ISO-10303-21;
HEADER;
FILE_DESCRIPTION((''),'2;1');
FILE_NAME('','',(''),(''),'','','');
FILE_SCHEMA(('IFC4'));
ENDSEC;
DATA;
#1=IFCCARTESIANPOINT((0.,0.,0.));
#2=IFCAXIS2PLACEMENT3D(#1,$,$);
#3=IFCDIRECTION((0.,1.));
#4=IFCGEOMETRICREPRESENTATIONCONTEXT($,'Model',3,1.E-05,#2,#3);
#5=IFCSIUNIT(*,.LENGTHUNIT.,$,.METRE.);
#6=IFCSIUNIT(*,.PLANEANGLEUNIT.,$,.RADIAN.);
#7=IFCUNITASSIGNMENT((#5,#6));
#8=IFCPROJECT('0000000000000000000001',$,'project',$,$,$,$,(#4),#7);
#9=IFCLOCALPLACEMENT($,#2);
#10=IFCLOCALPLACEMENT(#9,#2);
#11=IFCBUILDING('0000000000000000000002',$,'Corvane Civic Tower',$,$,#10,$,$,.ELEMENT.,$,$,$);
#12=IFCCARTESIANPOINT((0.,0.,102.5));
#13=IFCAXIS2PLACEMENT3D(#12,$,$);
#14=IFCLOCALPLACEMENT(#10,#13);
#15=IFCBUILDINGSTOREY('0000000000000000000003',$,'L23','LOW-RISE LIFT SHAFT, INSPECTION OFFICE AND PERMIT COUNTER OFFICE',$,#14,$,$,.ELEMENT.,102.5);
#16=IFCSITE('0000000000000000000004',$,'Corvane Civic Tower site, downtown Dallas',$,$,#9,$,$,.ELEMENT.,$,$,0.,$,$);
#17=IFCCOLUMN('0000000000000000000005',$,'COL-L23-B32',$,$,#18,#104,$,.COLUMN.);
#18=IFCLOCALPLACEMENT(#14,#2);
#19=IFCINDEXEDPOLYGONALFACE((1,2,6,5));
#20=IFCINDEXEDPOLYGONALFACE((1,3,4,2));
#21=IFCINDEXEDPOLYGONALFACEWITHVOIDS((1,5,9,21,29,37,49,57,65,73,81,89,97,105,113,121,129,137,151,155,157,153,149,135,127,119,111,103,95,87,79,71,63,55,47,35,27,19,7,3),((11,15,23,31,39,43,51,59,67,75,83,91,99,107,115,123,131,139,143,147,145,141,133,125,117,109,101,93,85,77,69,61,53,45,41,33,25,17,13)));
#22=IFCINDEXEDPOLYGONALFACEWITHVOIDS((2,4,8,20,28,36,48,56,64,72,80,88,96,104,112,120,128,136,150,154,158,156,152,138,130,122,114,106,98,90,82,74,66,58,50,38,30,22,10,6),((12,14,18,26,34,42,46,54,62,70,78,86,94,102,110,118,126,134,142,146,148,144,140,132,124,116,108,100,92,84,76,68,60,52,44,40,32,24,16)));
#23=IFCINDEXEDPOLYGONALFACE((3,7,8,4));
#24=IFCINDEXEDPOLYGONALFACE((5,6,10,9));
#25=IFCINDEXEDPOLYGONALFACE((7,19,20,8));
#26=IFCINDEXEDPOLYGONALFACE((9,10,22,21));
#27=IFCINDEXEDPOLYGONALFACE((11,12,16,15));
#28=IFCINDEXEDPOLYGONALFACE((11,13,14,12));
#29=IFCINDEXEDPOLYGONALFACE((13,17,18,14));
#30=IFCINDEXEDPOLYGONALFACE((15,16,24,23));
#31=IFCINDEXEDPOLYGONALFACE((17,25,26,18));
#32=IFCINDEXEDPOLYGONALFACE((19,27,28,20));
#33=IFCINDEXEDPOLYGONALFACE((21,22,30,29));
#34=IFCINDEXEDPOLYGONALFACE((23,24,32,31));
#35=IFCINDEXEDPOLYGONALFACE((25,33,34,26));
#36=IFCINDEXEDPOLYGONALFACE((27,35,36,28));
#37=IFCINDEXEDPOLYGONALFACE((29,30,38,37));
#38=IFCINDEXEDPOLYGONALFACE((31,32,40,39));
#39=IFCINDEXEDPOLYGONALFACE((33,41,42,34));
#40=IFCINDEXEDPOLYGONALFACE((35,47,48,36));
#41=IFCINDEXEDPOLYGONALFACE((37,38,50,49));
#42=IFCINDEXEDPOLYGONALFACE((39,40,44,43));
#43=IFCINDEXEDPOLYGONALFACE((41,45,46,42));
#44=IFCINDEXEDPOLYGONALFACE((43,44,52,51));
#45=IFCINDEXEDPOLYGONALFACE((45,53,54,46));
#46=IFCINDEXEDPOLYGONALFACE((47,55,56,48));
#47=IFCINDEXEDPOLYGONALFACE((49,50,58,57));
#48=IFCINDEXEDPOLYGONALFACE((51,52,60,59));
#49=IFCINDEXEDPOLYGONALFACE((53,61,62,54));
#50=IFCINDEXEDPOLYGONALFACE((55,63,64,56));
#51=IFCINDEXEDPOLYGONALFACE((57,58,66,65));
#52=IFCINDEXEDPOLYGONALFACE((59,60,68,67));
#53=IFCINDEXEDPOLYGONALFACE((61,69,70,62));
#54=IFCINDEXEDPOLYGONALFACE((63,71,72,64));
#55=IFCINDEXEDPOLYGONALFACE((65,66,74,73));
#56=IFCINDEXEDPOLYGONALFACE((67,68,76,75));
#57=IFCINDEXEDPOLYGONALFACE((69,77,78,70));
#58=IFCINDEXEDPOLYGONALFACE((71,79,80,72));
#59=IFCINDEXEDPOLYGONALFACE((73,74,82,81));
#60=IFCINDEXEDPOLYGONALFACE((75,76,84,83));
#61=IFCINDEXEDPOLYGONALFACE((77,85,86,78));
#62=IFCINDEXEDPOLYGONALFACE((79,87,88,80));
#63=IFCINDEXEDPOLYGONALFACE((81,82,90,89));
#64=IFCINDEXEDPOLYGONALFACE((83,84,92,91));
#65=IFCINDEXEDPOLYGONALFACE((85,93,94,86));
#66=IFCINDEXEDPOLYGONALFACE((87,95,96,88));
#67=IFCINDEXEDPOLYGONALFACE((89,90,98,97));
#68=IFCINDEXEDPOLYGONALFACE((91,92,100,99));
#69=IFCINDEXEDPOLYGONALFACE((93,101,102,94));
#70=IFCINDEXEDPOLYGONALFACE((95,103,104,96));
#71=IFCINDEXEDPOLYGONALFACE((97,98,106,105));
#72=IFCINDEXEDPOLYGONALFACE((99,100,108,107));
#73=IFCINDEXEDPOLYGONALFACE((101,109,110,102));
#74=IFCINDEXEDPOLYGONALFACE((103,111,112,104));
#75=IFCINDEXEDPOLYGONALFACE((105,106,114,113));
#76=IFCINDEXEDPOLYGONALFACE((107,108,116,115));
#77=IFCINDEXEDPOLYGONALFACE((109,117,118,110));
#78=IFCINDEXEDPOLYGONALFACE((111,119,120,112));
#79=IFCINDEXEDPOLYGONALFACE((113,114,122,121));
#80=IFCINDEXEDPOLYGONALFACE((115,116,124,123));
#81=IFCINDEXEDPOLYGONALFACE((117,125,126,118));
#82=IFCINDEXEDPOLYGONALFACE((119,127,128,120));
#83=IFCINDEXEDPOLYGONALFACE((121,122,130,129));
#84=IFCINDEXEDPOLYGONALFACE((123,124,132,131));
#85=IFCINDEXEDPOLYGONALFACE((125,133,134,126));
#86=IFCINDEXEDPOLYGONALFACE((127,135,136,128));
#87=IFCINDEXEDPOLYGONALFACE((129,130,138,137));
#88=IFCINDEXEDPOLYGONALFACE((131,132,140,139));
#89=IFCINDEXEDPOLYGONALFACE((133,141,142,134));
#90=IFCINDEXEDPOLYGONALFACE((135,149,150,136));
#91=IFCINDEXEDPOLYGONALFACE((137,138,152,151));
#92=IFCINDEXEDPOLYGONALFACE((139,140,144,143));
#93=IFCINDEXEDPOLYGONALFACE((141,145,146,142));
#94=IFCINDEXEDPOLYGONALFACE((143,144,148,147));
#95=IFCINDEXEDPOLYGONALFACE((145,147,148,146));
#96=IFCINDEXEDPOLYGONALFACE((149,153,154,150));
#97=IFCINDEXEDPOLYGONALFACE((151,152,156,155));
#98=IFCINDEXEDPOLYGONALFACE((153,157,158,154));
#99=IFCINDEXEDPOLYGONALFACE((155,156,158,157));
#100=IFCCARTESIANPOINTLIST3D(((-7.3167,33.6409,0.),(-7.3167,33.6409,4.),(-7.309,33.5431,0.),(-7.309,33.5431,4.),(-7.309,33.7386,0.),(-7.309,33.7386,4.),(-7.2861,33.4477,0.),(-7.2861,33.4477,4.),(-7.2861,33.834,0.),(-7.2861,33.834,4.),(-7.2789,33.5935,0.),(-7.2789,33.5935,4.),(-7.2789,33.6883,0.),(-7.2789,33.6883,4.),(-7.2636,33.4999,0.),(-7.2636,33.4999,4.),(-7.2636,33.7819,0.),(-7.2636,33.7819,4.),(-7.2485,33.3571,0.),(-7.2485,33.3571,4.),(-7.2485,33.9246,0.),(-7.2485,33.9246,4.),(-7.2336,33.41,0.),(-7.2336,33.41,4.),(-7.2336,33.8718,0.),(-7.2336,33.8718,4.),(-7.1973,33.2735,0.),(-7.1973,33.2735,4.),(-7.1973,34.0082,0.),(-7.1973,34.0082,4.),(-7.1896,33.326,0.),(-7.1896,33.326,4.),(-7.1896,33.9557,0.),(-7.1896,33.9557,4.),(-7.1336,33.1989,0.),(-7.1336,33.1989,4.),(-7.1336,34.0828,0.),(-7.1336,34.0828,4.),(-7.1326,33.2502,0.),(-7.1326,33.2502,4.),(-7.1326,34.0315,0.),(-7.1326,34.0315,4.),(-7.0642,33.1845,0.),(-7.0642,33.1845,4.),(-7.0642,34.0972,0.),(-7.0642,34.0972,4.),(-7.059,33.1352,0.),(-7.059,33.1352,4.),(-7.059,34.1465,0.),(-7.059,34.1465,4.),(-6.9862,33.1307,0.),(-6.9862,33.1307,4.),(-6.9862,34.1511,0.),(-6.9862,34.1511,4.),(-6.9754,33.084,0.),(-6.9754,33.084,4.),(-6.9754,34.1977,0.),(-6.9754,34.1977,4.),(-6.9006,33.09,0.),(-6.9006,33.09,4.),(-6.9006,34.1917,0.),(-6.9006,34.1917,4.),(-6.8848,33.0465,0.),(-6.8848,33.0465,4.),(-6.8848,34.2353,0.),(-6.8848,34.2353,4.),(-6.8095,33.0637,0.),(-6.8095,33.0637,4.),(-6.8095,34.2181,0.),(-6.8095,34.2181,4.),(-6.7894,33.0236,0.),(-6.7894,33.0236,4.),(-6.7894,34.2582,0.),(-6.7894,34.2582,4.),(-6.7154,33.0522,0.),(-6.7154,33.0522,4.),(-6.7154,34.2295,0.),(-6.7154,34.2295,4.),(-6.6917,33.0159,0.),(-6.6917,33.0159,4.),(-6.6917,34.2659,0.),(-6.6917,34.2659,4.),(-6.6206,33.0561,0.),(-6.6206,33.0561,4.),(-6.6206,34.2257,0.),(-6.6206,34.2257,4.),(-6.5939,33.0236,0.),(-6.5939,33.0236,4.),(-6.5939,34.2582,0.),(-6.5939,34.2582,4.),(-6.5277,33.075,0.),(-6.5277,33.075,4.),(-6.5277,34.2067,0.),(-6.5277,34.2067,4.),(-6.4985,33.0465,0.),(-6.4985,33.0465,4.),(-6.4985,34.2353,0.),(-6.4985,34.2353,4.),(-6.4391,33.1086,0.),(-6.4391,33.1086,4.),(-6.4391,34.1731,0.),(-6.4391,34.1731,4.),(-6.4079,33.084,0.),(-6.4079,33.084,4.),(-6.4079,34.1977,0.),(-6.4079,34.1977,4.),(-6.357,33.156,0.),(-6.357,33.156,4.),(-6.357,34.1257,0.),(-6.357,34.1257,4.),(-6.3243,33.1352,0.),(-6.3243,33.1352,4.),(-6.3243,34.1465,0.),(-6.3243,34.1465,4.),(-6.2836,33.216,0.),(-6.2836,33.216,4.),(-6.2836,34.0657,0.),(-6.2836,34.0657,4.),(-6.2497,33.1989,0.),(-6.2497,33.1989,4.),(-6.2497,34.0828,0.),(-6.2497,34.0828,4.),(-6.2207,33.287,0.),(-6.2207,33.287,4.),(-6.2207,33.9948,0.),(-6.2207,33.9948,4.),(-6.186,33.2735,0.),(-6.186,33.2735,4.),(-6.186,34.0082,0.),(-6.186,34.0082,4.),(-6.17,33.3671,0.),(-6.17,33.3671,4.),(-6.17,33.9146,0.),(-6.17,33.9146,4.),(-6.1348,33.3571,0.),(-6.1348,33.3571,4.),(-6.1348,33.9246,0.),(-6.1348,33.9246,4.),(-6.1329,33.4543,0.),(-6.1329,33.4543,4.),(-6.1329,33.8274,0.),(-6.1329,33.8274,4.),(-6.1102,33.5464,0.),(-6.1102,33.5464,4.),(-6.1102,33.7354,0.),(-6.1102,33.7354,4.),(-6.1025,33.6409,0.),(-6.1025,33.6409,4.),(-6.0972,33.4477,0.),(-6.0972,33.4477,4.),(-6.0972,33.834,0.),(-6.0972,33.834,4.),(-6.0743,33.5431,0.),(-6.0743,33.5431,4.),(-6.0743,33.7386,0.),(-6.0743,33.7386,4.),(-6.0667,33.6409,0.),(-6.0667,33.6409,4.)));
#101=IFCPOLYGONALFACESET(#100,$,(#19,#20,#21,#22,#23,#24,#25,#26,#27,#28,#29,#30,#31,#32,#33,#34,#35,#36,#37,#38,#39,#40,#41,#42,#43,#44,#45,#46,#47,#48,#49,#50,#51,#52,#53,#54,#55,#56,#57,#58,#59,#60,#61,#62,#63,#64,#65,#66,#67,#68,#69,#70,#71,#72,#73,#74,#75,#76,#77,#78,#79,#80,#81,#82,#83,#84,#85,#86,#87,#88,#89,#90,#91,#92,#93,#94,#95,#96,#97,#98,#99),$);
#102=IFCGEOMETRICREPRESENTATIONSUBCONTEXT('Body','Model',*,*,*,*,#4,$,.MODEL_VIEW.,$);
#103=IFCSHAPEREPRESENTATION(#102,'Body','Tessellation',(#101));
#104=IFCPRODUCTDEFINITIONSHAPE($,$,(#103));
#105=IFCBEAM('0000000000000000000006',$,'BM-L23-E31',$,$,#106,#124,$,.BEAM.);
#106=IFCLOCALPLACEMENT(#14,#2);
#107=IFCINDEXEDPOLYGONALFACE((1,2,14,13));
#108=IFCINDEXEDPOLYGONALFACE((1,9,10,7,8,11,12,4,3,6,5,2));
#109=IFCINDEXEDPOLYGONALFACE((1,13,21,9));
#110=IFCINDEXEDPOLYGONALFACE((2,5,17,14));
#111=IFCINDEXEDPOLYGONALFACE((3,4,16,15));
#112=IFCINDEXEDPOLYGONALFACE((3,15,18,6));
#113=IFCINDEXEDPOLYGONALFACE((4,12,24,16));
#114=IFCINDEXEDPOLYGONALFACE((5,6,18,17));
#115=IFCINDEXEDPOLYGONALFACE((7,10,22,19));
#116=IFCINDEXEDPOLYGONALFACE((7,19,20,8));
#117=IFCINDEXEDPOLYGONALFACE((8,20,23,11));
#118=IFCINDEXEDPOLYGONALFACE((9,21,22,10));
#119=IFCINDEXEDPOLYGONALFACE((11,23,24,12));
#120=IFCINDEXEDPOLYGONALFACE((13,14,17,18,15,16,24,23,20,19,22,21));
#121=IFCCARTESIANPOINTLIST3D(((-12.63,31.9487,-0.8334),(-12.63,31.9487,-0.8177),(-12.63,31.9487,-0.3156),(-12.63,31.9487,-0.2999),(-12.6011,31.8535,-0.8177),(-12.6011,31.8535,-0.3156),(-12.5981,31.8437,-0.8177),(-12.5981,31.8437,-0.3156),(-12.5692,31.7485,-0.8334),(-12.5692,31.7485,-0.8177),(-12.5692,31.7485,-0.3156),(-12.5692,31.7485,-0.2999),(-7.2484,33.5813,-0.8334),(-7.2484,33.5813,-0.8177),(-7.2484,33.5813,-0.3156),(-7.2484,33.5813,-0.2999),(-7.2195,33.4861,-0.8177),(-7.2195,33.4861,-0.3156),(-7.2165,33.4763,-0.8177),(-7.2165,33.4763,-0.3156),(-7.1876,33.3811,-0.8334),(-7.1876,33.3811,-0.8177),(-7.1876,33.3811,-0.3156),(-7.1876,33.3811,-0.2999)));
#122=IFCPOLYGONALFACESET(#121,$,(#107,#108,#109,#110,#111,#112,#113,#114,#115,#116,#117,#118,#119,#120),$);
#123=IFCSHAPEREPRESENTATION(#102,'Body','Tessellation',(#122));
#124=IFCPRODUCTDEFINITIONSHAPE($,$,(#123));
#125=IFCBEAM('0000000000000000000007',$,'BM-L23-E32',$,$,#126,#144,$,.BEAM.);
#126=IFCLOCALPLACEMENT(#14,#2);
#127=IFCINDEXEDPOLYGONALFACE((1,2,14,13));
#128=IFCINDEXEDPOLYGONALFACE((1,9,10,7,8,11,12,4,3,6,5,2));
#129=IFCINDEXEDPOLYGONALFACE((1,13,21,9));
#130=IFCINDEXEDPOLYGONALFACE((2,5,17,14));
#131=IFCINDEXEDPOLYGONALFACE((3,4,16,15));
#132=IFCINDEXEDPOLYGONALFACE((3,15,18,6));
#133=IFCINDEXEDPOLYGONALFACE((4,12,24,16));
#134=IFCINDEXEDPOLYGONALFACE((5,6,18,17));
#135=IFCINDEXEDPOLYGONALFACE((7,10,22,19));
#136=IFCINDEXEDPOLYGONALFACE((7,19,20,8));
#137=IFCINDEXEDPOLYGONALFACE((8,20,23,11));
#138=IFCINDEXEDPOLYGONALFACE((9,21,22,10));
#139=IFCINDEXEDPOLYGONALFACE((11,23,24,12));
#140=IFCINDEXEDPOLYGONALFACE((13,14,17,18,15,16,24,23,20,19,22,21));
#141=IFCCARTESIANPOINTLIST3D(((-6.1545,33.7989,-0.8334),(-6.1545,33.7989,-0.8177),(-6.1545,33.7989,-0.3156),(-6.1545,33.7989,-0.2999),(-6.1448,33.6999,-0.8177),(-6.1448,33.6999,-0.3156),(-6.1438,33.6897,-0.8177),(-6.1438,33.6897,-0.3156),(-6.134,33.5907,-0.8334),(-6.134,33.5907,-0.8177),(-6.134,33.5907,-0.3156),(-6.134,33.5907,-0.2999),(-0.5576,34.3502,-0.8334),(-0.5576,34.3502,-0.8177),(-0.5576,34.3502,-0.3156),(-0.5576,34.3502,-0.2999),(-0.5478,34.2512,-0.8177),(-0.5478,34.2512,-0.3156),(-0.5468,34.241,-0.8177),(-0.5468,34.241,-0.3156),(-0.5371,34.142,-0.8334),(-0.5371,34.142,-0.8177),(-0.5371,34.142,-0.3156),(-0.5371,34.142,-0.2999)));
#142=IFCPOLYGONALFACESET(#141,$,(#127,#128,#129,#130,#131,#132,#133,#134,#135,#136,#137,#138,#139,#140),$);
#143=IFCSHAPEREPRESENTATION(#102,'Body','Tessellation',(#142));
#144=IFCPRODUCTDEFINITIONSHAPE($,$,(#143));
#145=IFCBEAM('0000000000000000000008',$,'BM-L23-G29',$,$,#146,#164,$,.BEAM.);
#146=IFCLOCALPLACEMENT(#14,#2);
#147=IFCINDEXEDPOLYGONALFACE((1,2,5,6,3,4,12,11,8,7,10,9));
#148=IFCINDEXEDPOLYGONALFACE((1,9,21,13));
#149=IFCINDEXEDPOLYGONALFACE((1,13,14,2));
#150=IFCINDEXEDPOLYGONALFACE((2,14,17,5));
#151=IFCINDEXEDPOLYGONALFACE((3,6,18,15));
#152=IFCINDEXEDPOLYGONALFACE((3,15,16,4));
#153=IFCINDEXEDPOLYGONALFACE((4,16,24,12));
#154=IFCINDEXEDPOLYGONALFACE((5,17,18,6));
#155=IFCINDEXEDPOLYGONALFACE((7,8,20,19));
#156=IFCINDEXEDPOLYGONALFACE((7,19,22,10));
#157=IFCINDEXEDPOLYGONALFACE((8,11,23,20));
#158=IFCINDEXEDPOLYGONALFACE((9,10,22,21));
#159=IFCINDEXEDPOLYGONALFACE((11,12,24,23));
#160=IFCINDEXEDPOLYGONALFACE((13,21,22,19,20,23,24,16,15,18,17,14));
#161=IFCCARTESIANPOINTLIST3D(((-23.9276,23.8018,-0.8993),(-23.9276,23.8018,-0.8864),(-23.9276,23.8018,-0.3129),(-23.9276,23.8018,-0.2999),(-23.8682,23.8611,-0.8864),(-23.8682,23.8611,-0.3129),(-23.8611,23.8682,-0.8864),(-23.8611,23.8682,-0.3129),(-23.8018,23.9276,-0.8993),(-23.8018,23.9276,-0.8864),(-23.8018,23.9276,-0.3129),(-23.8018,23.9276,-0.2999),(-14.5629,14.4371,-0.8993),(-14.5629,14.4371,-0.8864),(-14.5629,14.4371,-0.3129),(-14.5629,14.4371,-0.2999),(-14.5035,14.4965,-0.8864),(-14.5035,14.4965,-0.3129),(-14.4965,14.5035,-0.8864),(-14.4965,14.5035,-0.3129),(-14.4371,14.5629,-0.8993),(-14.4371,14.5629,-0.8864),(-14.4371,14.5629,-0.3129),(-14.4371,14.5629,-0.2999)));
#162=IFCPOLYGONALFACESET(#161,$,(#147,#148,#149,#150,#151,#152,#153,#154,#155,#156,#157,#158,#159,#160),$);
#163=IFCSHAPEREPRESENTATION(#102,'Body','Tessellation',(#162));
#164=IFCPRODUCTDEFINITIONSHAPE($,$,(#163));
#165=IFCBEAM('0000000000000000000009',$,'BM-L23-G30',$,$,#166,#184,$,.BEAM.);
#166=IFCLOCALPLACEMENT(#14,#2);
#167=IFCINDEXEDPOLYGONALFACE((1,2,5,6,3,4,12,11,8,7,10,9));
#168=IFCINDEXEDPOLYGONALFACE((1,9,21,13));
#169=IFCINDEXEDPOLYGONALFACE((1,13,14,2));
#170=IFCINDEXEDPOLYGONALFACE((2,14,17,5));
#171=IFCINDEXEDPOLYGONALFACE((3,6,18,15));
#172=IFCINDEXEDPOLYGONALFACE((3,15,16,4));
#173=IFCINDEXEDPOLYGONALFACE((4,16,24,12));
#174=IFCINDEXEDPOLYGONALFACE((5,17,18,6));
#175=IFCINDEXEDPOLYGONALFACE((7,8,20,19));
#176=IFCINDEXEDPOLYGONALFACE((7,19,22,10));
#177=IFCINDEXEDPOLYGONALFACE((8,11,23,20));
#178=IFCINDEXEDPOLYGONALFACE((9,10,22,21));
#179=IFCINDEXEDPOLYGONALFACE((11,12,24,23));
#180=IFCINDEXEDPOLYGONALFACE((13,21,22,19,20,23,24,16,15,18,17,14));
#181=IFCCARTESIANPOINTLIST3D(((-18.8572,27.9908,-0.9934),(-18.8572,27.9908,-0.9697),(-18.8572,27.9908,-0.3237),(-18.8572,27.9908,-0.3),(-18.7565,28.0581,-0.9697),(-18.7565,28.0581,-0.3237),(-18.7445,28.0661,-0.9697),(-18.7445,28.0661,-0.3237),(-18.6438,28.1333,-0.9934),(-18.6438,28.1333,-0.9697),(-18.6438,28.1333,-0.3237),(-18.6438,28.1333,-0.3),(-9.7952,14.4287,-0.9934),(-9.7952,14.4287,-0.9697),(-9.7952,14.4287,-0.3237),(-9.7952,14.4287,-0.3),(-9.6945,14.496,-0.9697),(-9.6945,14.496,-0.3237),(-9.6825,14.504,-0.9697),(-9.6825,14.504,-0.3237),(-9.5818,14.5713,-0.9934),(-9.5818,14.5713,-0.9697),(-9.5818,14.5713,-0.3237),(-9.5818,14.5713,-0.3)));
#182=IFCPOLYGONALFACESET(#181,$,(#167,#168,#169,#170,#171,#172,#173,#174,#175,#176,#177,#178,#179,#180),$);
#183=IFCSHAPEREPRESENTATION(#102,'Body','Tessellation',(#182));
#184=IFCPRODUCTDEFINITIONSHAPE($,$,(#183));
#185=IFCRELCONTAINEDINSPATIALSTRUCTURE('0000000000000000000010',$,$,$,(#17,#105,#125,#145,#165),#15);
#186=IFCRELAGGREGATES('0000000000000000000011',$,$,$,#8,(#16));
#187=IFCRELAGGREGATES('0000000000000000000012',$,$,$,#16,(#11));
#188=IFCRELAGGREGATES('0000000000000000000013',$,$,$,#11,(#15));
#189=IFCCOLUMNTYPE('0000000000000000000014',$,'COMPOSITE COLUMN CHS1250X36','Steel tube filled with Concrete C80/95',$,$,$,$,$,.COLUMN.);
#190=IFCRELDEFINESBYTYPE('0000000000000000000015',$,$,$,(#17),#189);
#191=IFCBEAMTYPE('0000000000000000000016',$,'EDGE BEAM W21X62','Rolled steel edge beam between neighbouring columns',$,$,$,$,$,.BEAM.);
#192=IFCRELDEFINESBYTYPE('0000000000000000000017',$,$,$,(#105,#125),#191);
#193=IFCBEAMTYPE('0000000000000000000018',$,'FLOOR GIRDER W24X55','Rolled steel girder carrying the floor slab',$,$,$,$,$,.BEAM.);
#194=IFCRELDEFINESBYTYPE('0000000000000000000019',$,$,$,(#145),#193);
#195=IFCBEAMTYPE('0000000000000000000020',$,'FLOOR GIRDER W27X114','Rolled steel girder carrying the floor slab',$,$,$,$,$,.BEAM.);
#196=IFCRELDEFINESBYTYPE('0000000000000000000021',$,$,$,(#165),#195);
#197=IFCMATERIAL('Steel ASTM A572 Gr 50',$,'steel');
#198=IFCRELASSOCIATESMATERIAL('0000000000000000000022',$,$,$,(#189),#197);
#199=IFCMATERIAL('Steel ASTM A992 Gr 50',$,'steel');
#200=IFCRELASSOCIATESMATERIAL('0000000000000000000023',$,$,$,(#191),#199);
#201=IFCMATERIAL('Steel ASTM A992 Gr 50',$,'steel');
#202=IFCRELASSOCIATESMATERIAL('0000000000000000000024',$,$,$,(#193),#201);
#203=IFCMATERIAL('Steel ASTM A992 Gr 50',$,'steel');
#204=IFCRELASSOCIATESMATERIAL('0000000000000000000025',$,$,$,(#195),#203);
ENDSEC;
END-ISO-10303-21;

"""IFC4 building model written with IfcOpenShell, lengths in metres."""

from ifc_helpers import new_model, si_unit, direction, frame, origin, origin_2d, place, context, subcontext, project, spatial, hollow_circle, i_section, extrude, material, material_profile, profile_set, type_object, element, save


model = new_model("IFC4")

# Units and contexts
model_context = context("Model", 3, precision=1e-05, world=origin(), true_north=direction((0.0, 1.0)))
body_context = subcontext(model_context, "Body", "Model", "MODEL_VIEW")
ifc_project = project(units=[si_unit("LENGTHUNIT", "METRE"), si_unit("PLANEANGLEUNIT", "RADIAN")], contexts=[model_context])

# Site, building, storey
site_placement = place(None, origin())
site = spatial("IfcSite", under=ifc_project, at=site_placement, Name="Corvane Civic Tower site, downtown Dallas", CompositionType="ELEMENT", RefElevation=0.0)
building_placement = place(site_placement, origin())
building = spatial("IfcBuilding", under=site, at=building_placement, Name="Corvane Civic Tower", CompositionType="ELEMENT")
storey_placement = place(building_placement, frame((0.0, 0.0, 102.5)))
storey = spatial("IfcBuildingStorey", under=building, at=storey_placement, Name="L23", Description="LOW-RISE LIFT SHAFT, INSPECTION OFFICE AND PERMIT COUNTER OFFICE", CompositionType="ELEMENT", Elevation=102.5)

# Column
ifc_material_1 = material(Name="Steel ASTM A572 Gr 50", Category="steel")
ifc_material_profile_1 = material_profile(ifc_material_1, hollow_circle(Radius=0.625, WallThickness=0.0359, at=origin_2d()), Name="CHS1250X36")
ifc_profile_set_1 = profile_set([ifc_material_profile_1], Name="Steel ASTM A572 Gr 50")
column_type = type_object("IfcColumnType", Name="COMPOSITE COLUMN CHS1250X36", Description="Steel tube filled with Concrete C80/95", PredefinedType="COLUMN", material=ifc_profile_set_1)
for number, where, z_axis, x_axis, name in (
    (1, (-6.6917, 33.6409, 0.0), (0.0, 0.0, 1.0), (1.0, 0.0, 0.0), "COL-L23-B32"),
):
    element("IfcColumn", number, at=place(storey_placement, frame(where, z_axis=z_axis, x_axis=x_axis)), inside=storey, type_object=column_type, Name=name, PredefinedType="COLUMN", context=body_context, shape_type="SweptSolid", body=[
        extrude(hollow_circle(Radius=0.625, WallThickness=0.0359, at=origin_2d()), origin(), (0.0, 0.0, 1.0), 4.0),
    ])

# Beams
ifc_material_2 = material(Name="Steel ASTM A992 Gr 50", Category="steel")
ifc_material_profile_2 = material_profile(ifc_material_2, i_section(OverallWidth=0.2092, OverallDepth=0.5334, WebThickness=0.0103, FlangeThickness=0.0156, at=origin_2d()), Name="W21X62")
ifc_profile_set_2 = profile_set([ifc_material_profile_2], Name="Steel ASTM A992 Gr 50")
beam_type_1 = type_object("IfcBeamType", Name="EDGE BEAM W21X62", Description="Rolled steel edge beam between neighbouring columns", PredefinedType="BEAM", material=ifc_profile_set_2)
beam_1_placement = place(storey_placement, frame((-12.5996, 31.8486, -0.5667), z_axis=(0.956936, 0.290298, 0.0), x_axis=(-0.290298, 0.956936, 0.0)))
element("IfcBeam", 2, at=beam_1_placement, inside=storey, type_object=beam_type_1, Name="BM-L23-E31", PredefinedType="BEAM", context=body_context, shape_type="SweptSolid", body=[
    extrude(i_section(OverallWidth=0.2092, OverallDepth=0.5334, WebThickness=0.0103, FlangeThickness=0.0156, at=origin_2d()), origin(), (0.0, 0.0, 1.0), 5.6238),
])
beam_2_placement = place(storey_placement, frame((-6.1443, 33.6948, -0.5667), z_axis=(0.995184, 0.098021, 0.0), x_axis=(-0.098021, 0.995184, 0.0)))
element("IfcBeam", 3, at=beam_2_placement, inside=storey, type_object=beam_type_1, Name="BM-L23-E32", PredefinedType="BEAM", context=body_context, shape_type="SweptSolid", body=[
    extrude(i_section(OverallWidth=0.2092, OverallDepth=0.5334, WebThickness=0.0103, FlangeThickness=0.0156, at=origin_2d()), origin(), (0.0, 0.0, 1.0), 5.624),
])
ifc_material_3 = material(Name="Steel ASTM A992 Gr 50", Category="steel")
ifc_material_profile_3 = material_profile(ifc_material_3, i_section(OverallWidth=0.178, OverallDepth=0.5994, WebThickness=0.01, FlangeThickness=0.0129, at=origin_2d()), Name="W24X55")
ifc_profile_set_3 = profile_set([ifc_material_profile_3], Name="Steel ASTM A992 Gr 50")
beam_type_2 = type_object("IfcBeamType", Name="FLOOR GIRDER W24X55", Description="Rolled steel girder carrying the floor slab", PredefinedType="BEAM", material=ifc_profile_set_3)
beam_3_placement = place(storey_placement, frame((-14.5, 14.5, -0.5996), z_axis=(-0.707107, 0.707107, 0.0), x_axis=(-0.707107, -0.707107, 0.0)))
element("IfcBeam", 4, at=beam_3_placement, inside=storey, type_object=beam_type_2, Name="BM-L23-G29", PredefinedType="BEAM", context=body_context, shape_type="SweptSolid", body=[
    extrude(i_section(OverallWidth=0.178, OverallDepth=0.5994, WebThickness=0.01, FlangeThickness=0.0129, at=origin_2d()), origin(), (0.0, 0.0, 1.0), 13.2437),
])
ifc_material_4 = material(Name="Steel ASTM A992 Gr 50", Category="steel")
ifc_material_profile_4 = material_profile(ifc_material_4, i_section(OverallWidth=0.2566, OverallDepth=0.6934, WebThickness=0.0144, FlangeThickness=0.0237, at=origin_2d()), Name="W27X114")
ifc_profile_set_4 = profile_set([ifc_material_profile_4], Name="Steel ASTM A992 Gr 50")
beam_type_3 = type_object("IfcBeamType", Name="FLOOR GIRDER W27X114", Description="Rolled steel girder carrying the floor slab", PredefinedType="BEAM", material=ifc_profile_set_4)
beam_4_placement = place(storey_placement, frame((-9.6885, 14.5, -0.6467), z_axis=(-0.555577, 0.831465, 0.0), x_axis=(-0.831465, -0.555577, 0.0)))
element("IfcBeam", 5, at=beam_4_placement, inside=storey, type_object=beam_type_3, Name="BM-L23-G30", PredefinedType="BEAM", context=body_context, shape_type="SweptSolid", body=[
    extrude(i_section(OverallWidth=0.2566, OverallDepth=0.6934, WebThickness=0.0144, FlangeThickness=0.0237, at=origin_2d()), origin(), (0.0, 0.0, 1.0), 16.311),
])

save(model, "model.ifc")
